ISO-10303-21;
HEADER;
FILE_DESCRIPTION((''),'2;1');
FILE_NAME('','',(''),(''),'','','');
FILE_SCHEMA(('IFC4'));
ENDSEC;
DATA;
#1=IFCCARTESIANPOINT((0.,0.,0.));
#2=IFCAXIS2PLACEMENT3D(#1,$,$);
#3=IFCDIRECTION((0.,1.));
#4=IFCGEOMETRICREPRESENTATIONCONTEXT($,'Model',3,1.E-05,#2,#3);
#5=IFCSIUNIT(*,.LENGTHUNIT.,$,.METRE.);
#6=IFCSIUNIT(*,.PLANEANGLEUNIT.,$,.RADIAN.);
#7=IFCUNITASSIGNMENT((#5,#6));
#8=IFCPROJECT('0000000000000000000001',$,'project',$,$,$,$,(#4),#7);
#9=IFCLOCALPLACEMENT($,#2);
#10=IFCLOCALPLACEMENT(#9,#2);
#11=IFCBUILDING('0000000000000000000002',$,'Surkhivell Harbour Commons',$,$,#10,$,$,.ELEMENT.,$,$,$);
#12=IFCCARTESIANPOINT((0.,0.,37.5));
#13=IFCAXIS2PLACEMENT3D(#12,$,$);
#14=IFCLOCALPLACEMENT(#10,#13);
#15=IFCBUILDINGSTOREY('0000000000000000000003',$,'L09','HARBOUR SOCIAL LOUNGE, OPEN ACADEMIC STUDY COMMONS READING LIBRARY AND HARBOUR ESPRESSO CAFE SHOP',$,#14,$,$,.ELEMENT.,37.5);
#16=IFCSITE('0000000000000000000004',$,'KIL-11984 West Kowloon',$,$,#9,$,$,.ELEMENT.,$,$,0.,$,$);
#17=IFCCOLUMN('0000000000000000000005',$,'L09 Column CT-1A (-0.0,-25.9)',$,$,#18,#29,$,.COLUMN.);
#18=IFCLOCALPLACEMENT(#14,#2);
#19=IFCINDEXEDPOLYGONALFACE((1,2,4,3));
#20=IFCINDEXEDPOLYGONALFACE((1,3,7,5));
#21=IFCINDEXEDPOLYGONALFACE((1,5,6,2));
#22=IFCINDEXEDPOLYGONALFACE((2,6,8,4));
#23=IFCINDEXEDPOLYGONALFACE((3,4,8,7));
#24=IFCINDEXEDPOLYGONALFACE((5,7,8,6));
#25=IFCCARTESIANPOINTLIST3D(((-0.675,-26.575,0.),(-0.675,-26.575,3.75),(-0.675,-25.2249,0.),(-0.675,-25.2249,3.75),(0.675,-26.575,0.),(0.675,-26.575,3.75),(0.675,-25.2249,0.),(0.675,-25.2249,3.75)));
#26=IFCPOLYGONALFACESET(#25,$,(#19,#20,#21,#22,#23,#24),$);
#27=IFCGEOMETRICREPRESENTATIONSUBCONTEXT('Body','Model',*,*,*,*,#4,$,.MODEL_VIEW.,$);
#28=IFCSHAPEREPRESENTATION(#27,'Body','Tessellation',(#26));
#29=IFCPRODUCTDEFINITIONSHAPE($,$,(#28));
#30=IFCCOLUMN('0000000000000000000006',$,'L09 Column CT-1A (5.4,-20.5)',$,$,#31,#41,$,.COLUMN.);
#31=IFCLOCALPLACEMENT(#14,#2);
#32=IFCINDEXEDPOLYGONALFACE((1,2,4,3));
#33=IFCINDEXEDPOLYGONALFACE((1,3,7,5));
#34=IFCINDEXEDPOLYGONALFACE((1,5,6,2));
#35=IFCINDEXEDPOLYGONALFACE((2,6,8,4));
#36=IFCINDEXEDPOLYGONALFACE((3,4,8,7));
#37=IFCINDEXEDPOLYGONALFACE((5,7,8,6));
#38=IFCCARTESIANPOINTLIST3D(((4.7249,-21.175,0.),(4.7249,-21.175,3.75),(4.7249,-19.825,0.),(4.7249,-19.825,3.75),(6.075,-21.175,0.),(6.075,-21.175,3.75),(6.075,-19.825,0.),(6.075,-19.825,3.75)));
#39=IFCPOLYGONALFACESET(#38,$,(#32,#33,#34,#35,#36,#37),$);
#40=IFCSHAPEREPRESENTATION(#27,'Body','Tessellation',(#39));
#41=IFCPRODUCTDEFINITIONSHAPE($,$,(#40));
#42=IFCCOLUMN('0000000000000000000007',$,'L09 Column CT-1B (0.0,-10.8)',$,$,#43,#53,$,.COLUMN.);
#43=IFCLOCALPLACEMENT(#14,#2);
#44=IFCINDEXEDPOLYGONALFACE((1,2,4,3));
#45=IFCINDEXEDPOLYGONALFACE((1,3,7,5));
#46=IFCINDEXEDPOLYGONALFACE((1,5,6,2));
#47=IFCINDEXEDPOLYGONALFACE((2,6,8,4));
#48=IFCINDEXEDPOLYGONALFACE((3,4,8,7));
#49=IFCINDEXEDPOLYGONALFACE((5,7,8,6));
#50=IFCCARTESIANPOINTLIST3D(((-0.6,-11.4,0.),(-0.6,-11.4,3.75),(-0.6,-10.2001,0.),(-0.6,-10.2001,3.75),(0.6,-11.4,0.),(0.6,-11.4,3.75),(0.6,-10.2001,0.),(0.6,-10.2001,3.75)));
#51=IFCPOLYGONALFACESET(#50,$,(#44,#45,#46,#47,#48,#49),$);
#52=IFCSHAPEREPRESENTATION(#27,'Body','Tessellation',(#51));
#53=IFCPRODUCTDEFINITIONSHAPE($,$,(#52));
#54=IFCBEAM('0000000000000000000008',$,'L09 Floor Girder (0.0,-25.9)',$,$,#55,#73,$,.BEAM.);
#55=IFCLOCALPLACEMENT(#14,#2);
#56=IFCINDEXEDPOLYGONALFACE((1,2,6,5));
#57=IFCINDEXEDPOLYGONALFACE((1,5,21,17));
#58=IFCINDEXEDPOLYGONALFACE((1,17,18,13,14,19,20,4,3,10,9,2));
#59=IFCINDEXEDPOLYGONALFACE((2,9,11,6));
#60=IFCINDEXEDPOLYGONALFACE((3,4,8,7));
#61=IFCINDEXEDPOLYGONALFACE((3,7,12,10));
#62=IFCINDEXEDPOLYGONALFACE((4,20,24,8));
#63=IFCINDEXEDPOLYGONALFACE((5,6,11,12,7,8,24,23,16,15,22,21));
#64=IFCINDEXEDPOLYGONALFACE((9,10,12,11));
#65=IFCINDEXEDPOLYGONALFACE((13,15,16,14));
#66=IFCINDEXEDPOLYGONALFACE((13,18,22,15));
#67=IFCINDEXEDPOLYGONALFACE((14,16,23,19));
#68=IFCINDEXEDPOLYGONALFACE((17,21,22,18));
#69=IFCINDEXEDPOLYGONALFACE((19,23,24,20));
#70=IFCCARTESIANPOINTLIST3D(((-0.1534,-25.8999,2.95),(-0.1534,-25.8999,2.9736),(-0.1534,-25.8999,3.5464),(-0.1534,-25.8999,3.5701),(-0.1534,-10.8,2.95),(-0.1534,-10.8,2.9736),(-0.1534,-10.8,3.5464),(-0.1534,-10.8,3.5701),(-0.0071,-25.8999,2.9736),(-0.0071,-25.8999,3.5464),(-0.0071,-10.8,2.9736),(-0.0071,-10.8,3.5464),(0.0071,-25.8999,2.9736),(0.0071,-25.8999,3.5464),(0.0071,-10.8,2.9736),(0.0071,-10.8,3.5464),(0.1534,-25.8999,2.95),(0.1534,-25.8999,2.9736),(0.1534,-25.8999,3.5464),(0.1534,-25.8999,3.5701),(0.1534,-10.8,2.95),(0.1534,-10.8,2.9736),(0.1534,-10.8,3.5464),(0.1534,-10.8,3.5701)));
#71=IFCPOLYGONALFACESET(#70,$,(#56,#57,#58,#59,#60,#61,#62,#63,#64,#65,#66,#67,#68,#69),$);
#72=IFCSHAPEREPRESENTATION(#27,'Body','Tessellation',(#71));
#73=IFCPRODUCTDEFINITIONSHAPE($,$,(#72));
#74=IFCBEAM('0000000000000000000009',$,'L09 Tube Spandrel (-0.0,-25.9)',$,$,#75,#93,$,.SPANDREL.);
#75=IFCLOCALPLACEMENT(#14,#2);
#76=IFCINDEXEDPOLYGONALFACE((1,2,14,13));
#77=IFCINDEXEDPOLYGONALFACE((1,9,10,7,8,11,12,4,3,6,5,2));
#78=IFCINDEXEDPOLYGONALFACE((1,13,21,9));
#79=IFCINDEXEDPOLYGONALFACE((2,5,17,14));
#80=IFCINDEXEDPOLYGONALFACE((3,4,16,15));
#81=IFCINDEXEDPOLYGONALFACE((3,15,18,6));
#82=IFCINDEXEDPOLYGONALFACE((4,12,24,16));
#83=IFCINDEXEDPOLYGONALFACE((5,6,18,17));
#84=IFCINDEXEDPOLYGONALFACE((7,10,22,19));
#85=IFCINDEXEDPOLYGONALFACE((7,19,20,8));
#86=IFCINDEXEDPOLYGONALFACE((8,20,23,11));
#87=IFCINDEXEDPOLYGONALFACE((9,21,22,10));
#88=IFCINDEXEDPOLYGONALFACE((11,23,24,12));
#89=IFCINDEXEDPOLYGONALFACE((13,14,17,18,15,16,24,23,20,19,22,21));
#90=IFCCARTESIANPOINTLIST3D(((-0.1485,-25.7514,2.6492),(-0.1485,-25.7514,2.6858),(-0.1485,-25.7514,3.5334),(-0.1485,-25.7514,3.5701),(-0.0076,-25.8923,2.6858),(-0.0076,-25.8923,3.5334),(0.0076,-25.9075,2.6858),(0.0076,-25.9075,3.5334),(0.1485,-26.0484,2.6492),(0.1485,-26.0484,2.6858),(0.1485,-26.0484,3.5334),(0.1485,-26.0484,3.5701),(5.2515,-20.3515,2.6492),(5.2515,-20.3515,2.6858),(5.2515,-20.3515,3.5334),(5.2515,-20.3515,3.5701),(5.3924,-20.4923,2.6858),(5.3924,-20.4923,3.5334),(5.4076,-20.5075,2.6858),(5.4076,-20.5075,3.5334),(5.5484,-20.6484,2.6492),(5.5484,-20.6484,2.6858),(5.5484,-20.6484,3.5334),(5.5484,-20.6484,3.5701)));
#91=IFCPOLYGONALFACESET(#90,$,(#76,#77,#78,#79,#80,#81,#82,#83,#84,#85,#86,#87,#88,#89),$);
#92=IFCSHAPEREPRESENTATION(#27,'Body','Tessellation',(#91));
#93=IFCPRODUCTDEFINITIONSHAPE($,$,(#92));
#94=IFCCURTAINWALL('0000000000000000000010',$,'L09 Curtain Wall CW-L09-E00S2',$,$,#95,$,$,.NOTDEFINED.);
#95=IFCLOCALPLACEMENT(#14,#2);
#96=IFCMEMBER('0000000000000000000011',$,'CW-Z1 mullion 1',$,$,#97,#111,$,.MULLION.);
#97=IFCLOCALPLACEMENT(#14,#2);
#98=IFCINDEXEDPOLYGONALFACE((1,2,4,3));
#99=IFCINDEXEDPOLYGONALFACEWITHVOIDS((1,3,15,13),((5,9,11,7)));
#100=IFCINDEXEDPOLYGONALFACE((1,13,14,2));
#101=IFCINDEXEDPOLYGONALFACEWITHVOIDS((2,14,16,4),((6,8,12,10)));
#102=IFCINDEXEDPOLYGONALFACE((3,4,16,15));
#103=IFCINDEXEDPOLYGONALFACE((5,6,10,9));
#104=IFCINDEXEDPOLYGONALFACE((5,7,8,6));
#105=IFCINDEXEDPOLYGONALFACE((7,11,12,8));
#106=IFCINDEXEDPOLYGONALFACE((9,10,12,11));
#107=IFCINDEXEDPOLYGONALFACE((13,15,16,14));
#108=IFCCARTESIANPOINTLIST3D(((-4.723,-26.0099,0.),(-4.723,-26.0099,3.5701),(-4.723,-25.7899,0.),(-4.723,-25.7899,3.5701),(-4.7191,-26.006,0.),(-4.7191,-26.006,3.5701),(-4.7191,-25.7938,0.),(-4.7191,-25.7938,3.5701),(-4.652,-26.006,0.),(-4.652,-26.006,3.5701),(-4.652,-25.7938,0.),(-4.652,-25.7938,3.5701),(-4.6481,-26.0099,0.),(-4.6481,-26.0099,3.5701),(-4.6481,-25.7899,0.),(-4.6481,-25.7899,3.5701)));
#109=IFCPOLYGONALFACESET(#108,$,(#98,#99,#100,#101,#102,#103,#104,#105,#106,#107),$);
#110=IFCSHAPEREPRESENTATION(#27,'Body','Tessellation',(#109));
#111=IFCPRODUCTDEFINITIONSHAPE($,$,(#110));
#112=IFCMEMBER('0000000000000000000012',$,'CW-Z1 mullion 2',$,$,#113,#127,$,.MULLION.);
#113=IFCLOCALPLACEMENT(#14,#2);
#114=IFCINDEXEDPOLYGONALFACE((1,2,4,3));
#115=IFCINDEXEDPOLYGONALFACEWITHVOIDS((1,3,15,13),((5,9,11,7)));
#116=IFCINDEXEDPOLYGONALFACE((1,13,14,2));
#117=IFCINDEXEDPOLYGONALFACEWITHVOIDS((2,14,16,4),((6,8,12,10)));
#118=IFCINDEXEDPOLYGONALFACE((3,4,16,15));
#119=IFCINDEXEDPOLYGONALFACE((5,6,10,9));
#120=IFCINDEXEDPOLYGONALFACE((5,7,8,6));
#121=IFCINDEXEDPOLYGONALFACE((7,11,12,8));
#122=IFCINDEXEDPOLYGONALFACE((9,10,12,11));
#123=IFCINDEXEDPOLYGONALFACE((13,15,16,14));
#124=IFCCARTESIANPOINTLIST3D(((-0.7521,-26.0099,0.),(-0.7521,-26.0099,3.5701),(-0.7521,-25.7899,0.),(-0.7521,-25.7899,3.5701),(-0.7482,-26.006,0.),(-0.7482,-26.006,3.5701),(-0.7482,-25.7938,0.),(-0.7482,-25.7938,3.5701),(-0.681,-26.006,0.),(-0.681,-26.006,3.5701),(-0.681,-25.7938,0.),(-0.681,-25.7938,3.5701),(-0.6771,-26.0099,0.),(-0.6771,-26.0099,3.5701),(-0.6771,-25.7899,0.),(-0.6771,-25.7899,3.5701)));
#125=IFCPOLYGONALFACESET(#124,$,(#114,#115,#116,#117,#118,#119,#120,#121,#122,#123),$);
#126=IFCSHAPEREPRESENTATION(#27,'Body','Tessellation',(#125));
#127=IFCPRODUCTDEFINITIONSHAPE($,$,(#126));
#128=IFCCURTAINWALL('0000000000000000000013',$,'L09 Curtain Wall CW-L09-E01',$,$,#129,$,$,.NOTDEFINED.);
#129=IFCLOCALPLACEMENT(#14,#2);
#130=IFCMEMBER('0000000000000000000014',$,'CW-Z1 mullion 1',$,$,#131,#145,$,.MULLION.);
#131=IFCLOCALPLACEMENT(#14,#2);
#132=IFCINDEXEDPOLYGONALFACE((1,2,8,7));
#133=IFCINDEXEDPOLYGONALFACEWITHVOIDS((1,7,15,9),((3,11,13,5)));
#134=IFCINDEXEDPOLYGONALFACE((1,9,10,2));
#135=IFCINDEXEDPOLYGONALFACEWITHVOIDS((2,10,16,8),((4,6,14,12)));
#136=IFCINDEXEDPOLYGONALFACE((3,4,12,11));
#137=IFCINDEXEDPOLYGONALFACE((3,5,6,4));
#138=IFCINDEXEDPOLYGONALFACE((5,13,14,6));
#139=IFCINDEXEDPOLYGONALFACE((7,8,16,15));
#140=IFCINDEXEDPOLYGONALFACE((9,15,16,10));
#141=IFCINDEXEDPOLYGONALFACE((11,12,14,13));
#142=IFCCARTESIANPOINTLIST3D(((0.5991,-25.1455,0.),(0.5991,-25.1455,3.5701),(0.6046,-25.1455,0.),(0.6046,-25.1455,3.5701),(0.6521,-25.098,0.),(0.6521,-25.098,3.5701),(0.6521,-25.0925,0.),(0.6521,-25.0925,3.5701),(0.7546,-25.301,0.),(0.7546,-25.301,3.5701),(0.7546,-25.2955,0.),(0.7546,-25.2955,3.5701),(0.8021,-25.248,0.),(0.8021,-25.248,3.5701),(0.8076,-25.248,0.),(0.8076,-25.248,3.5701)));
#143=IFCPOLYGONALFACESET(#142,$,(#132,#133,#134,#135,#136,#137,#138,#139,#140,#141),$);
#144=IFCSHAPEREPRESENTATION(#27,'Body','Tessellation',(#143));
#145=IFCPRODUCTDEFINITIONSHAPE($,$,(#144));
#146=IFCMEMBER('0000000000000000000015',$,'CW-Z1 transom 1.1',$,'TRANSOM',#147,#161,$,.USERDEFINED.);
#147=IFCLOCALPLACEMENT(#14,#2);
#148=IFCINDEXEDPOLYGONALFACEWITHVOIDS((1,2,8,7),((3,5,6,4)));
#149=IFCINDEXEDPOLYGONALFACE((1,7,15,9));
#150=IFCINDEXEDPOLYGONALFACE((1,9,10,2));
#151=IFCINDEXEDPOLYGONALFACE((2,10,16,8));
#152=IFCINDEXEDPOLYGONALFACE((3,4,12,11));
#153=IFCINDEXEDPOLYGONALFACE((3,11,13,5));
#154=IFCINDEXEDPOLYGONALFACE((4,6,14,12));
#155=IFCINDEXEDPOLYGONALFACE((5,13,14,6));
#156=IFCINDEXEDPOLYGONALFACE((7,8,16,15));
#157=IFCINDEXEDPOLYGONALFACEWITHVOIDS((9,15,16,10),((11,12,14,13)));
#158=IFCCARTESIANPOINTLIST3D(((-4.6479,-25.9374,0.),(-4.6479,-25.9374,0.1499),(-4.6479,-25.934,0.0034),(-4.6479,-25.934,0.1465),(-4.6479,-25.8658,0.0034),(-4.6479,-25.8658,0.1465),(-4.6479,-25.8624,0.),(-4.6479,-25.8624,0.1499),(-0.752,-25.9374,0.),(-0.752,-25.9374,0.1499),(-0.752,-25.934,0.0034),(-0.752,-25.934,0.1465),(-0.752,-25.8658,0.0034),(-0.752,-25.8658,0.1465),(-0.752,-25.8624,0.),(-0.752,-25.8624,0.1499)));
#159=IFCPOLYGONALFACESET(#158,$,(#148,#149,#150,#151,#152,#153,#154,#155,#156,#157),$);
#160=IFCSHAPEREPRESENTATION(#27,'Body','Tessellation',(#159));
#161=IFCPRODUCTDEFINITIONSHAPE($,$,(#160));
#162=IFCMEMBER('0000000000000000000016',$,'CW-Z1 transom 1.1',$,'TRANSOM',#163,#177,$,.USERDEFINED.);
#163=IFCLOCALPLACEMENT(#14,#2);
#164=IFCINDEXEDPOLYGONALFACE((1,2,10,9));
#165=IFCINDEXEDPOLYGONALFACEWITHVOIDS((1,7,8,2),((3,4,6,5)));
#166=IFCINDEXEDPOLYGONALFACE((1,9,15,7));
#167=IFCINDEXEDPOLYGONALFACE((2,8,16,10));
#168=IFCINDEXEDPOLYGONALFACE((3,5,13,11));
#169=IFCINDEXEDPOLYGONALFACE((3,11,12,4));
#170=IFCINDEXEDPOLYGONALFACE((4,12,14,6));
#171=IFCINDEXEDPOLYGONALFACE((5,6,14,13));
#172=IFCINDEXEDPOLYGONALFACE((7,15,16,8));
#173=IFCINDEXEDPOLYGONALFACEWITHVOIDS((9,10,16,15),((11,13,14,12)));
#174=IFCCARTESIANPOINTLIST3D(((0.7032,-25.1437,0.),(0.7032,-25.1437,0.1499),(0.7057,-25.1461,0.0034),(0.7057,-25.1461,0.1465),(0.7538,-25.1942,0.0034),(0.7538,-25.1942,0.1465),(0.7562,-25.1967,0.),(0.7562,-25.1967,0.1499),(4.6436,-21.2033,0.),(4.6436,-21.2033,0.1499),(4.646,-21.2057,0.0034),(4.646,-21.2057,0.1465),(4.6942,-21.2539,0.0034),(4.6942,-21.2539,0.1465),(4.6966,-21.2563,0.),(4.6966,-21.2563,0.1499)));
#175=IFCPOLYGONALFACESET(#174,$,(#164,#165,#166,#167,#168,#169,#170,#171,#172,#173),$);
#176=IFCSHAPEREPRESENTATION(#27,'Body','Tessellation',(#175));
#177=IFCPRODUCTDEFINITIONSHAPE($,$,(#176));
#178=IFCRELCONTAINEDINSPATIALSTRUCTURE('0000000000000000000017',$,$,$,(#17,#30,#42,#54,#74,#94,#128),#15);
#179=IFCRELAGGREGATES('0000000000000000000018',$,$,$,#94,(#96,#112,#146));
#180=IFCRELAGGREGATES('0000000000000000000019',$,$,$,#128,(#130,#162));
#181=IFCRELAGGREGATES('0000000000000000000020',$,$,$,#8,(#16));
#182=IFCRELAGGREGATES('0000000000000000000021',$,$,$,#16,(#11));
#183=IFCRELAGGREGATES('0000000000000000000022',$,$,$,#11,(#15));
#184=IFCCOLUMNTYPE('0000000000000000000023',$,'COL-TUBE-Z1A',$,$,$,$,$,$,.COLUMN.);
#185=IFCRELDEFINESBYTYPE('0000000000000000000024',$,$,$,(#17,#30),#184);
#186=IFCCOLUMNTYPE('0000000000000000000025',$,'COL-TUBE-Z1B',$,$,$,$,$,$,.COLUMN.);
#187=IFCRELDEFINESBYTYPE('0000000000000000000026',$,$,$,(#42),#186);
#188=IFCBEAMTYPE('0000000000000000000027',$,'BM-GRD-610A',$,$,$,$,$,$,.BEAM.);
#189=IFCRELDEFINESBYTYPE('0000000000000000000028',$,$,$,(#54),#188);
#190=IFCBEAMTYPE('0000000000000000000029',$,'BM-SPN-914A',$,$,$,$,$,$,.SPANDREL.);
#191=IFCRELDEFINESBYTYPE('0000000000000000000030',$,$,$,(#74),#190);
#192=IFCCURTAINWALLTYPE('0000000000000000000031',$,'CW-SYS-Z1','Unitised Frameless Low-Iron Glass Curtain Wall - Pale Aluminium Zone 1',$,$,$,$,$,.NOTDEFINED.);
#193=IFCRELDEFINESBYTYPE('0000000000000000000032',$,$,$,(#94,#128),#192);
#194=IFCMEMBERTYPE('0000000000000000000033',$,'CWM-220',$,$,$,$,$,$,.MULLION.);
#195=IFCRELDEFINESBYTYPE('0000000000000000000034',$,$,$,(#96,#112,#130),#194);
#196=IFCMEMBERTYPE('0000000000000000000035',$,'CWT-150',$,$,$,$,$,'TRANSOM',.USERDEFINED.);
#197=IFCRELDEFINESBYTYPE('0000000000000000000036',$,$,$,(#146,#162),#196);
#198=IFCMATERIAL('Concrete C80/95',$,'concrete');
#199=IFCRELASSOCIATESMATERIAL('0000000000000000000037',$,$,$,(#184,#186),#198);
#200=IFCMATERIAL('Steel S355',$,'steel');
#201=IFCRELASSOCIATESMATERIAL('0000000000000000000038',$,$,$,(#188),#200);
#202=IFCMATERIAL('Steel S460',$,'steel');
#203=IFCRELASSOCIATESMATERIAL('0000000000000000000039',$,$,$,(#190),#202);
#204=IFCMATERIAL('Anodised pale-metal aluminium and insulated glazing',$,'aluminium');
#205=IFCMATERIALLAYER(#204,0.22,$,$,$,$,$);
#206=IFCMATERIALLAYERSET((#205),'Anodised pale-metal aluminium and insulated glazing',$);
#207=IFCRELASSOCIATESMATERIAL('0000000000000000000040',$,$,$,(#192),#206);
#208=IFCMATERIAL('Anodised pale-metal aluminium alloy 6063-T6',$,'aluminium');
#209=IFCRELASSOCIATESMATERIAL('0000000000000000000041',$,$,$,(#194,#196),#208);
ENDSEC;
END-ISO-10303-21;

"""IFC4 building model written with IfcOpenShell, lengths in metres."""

from ifc_helpers import new_model, si_unit, direction, frame, origin, origin_2d, place, context, subcontext, project, spatial, rectangle, hollow_rectangle, i_section, extrude, material, layer, layer_set, material_profile, profile_set, type_object, element, aggregate, save


model = new_model("IFC4")

# Units and contexts
model_context = context("Model", 3, precision=1e-05, world=origin(), true_north=direction((0.0, 1.0)))
body_context = subcontext(model_context, "Body", "Model", "MODEL_VIEW")
ifc_project = project(units=[si_unit("LENGTHUNIT", "METRE"), si_unit("PLANEANGLEUNIT", "RADIAN")], contexts=[model_context])

# Site, building, storey
site_placement = place(None, origin())
site = spatial("IfcSite", under=ifc_project, at=site_placement, Name="KIL-11984 West Kowloon", CompositionType="ELEMENT", RefElevation=0.0)
building_placement = place(site_placement, origin())
building = spatial("IfcBuilding", under=site, at=building_placement, Name="Surkhivell Harbour Commons", CompositionType="ELEMENT")
storey_placement = place(building_placement, frame((0.0, 0.0, 37.5)))
storey = spatial("IfcBuildingStorey", under=building, at=storey_placement, Name="L09", Description="HARBOUR SOCIAL LOUNGE, OPEN ACADEMIC STUDY COMMONS READING LIBRARY AND HARBOUR ESPRESSO CAFE SHOP", CompositionType="ELEMENT", Elevation=37.5)

# Columns
ifc_material_1 = material(Name="Concrete C80/95", Category="concrete")
ifc_material_profile_1 = material_profile(ifc_material_1, rectangle(XDim=1.3501, YDim=1.3501, at=origin_2d()), Name="RC-COL-1350x1350")
ifc_profile_set_1 = profile_set([ifc_material_profile_1], Name="Concrete C80/95")
column_type_1 = type_object("IfcColumnType", Name="COL-TUBE-Z1A", PredefinedType="COLUMN", material=ifc_profile_set_1)
for number, where, z_axis, x_axis, name in (
    (1, (0.0, -25.8999, 0.0), (0.0, 0.0, 1.0), (1.0, 0.0, 0.0), "L09 Column CT-1A (-0.0,-25.9)"),
    (2, (5.3999, -20.5, 0.0), (0.0, 0.0, 1.0), (1.0, 0.0, 0.0), "L09 Column CT-1A (5.4,-20.5)"),
):
    element("IfcColumn", number, at=place(storey_placement, frame(where, z_axis=z_axis, x_axis=x_axis)), inside=storey, type_object=column_type_1, Name=name, PredefinedType="COLUMN", context=body_context, shape_type="SweptSolid", body=[
        extrude(rectangle(XDim=1.3501, YDim=1.3501, at=origin_2d()), origin(), (0.0, 0.0, 1.0), 3.75),
    ])
ifc_material_profile_2 = material_profile(ifc_material_1, rectangle(XDim=1.2, YDim=1.2, at=origin_2d()), Name="RC-COL-1200x1200")
ifc_profile_set_2 = profile_set([ifc_material_profile_2], Name="Concrete C80/95")
column_type_2 = type_object("IfcColumnType", Name="COL-TUBE-Z1B", PredefinedType="COLUMN", material=ifc_profile_set_2)
column_placement = place(storey_placement, frame((0.0, -10.8, 0.0), z_axis=(0.0, 0.0, 1.0), x_axis=(1.0, 0.0, 0.0)))
element("IfcColumn", 3, at=column_placement, inside=storey, type_object=column_type_2, Name="L09 Column CT-1B (0.0,-10.8)", PredefinedType="COLUMN", context=body_context, shape_type="SweptSolid", body=[
    extrude(rectangle(XDim=1.2, YDim=1.2, at=origin_2d()), origin(), (0.0, 0.0, 1.0), 3.75),
])

# Beams
ifc_material_2 = material(Name="Steel S355", Category="steel")
ifc_material_profile_3 = material_profile(ifc_material_2, i_section(OverallWidth=0.3069, OverallDepth=0.6201, WebThickness=0.0142, FlangeThickness=0.0237, at=origin_2d()), Name="UB610x305x179")
ifc_profile_set_3 = profile_set([ifc_material_profile_3], Name="Steel S355")
beam_type_1 = type_object("IfcBeamType", Name="BM-GRD-610A", PredefinedType="BEAM", material=ifc_profile_set_3)
beam_1_placement = place(storey_placement, frame((0.0, -25.8999, 3.26), z_axis=(0.0, 1.0, 0.0), x_axis=(-1.0, 0.0, 0.0)))
element("IfcBeam", 4, at=beam_1_placement, inside=storey, type_object=beam_type_1, Name="L09 Floor Girder (0.0,-25.9)", PredefinedType="BEAM", context=body_context, shape_type="SweptSolid", body=[
    extrude(i_section(OverallWidth=0.3069, OverallDepth=0.6201, WebThickness=0.0142, FlangeThickness=0.0237, at=origin_2d()), origin(), (0.0, 0.0, 1.0), 15.0999),
])
ifc_material_3 = material(Name="Steel S460", Category="steel")
ifc_material_profile_4 = material_profile(ifc_material_3, i_section(OverallWidth=0.4199, OverallDepth=0.9209, WebThickness=0.0215, FlangeThickness=0.0366, at=origin_2d()), Name="UB914x419x388")
ifc_profile_set_4 = profile_set([ifc_material_profile_4], Name="Steel S460")
beam_type_2 = type_object("IfcBeamType", Name="BM-SPN-914A", PredefinedType="SPANDREL", material=ifc_profile_set_4)
beam_2_placement = place(storey_placement, frame((0.0, -25.8999, 3.1096), z_axis=(0.707107, 0.707107, 0.0), x_axis=(-0.707107, 0.707107, 0.0)))
element("IfcBeam", 5, at=beam_2_placement, inside=storey, type_object=beam_type_2, Name="L09 Tube Spandrel (-0.0,-25.9)", PredefinedType="SPANDREL", context=body_context, shape_type="SweptSolid", body=[
    extrude(i_section(OverallWidth=0.4199, OverallDepth=0.9209, WebThickness=0.0215, FlangeThickness=0.0366, at=origin_2d()), origin(), (0.0, 0.0, 1.0), 7.6367),
])

# Curtain wall, members
ifc_material_4 = material(Name="Anodised pale-metal aluminium and insulated glazing", Category="aluminium")
ifc_layer_1 = layer(ifc_material_4, 0.22)
ifc_layer_set_1 = layer_set([ifc_layer_1], Name="Anodised pale-metal aluminium and insulated glazing")
curtain_wall_type = type_object("IfcCurtainWallType", Name="CW-SYS-Z1", Description="Unitised Frameless Low-Iron Glass Curtain Wall - Pale Aluminium Zone 1", PredefinedType="NOTDEFINED", material=ifc_layer_set_1)
curtain_wall_1_placement = place(storey_placement, origin())
curtain_wall_1 = element("IfcCurtainWall", 6, at=curtain_wall_1_placement, inside=storey, type_object=curtain_wall_type, Name="L09 Curtain Wall CW-L09-E00S2", PredefinedType="NOTDEFINED")
ifc_material_5 = material(Name="Anodised pale-metal aluminium alloy 6063-T6", Category="aluminium")
ifc_material_profile_5 = material_profile(ifc_material_5, hollow_rectangle(XDim=0.075, YDim=0.22, WallThickness=0.0039, at=origin_2d()), Name="ALU-MULL-75x220")
ifc_profile_set_5 = profile_set([ifc_material_profile_5], Name="Anodised pale-metal aluminium alloy 6063-T6")
member_type_1 = type_object("IfcMemberType", Name="CWM-220", PredefinedType="MULLION", material=ifc_profile_set_5)
member_1_placement = place(storey_placement, frame((-4.6855, -25.8999, 0.0), z_axis=(0.0, 0.0, 1.0), x_axis=(1.0, 0.0, 0.0)))
member_1 = element("IfcMember", 7, at=member_1_placement, type_object=member_type_1, Name="CW-Z1 mullion 1", PredefinedType="MULLION", context=body_context, shape_type="SweptSolid", body=[
    extrude(hollow_rectangle(XDim=0.075, YDim=0.22, WallThickness=0.0039, at=origin_2d()), origin(), (0.0, 0.0, 1.0), 3.5701),
])
member_2_placement = place(storey_placement, frame((-0.7146, -25.8999, 0.0), z_axis=(0.0, 0.0, 1.0), x_axis=(1.0, 0.0, 0.0)))
member_2 = element("IfcMember", 8, at=member_2_placement, type_object=member_type_1, Name="CW-Z1 mullion 2", PredefinedType="MULLION", context=body_context, shape_type="SweptSolid", body=[
    extrude(hollow_rectangle(XDim=0.075, YDim=0.22, WallThickness=0.0039, at=origin_2d()), origin(), (0.0, 0.0, 1.0), 3.5701),
])

# Curtain wall, member
curtain_wall_2_placement = place(storey_placement, origin())
curtain_wall_2 = element("IfcCurtainWall", 9, at=curtain_wall_2_placement, inside=storey, type_object=curtain_wall_type, Name="L09 Curtain Wall CW-L09-E01", PredefinedType="NOTDEFINED")
member_3_placement = place(storey_placement, frame((0.7034, -25.1968, 0.0), z_axis=(0.0, 0.0, 1.0), x_axis=(0.707107, 0.707107, 0.0)))
member_3 = element("IfcMember", 10, at=member_3_placement, type_object=member_type_1, Name="CW-Z1 mullion 1", PredefinedType="MULLION", context=body_context, shape_type="SweptSolid", body=[
    extrude(hollow_rectangle(XDim=0.075, YDim=0.22, WallThickness=0.0039, at=origin_2d()), origin(), (0.0, 0.0, 1.0), 3.5701),
])

# Members
ifc_material_profile_6 = material_profile(ifc_material_5, hollow_rectangle(XDim=0.075, YDim=0.1499, WallThickness=0.0034, at=origin_2d()), Name="ALU-TRAN-75x150")
ifc_profile_set_6 = profile_set([ifc_material_profile_6], Name="Anodised pale-metal aluminium alloy 6063-T6")
member_type_2 = type_object("IfcMemberType", Name="CWT-150", ElementType="TRANSOM", PredefinedType="USERDEFINED", material=ifc_profile_set_6)
member_4_placement = place(storey_placement, frame((-4.6479, -25.8999, 0.075), z_axis=(1.0, 0.0, 0.0), x_axis=(0.0, 1.0, 0.0)))
member_4 = element("IfcMember", 11, at=member_4_placement, type_object=member_type_2, Name="CW-Z1 transom 1.1", ObjectType="TRANSOM", PredefinedType="USERDEFINED", context=body_context, shape_type="SweptSolid", body=[
    extrude(hollow_rectangle(XDim=0.075, YDim=0.1499, WallThickness=0.0034, at=origin_2d()), origin(), (0.0, 0.0, 1.0), 3.896),
])
member_5_placement = place(storey_placement, frame((0.7297, -25.1702, 0.075), z_axis=(0.707107, 0.707107, 0.0), x_axis=(-0.707107, 0.707107, 0.0)))
member_5 = element("IfcMember", 12, at=member_5_placement, type_object=member_type_2, Name="CW-Z1 transom 1.1", ObjectType="TRANSOM", PredefinedType="USERDEFINED", context=body_context, shape_type="SweptSolid", body=[
    extrude(hollow_rectangle(XDim=0.075, YDim=0.1499, WallThickness=0.0034, at=origin_2d()), origin(), (0.0, 0.0, 1.0), 5.5725),
])

aggregate(curtain_wall_1, [member_1, member_2, member_4])
aggregate(curtain_wall_2, [member_3, member_5])

save(model, "model.ifc")
